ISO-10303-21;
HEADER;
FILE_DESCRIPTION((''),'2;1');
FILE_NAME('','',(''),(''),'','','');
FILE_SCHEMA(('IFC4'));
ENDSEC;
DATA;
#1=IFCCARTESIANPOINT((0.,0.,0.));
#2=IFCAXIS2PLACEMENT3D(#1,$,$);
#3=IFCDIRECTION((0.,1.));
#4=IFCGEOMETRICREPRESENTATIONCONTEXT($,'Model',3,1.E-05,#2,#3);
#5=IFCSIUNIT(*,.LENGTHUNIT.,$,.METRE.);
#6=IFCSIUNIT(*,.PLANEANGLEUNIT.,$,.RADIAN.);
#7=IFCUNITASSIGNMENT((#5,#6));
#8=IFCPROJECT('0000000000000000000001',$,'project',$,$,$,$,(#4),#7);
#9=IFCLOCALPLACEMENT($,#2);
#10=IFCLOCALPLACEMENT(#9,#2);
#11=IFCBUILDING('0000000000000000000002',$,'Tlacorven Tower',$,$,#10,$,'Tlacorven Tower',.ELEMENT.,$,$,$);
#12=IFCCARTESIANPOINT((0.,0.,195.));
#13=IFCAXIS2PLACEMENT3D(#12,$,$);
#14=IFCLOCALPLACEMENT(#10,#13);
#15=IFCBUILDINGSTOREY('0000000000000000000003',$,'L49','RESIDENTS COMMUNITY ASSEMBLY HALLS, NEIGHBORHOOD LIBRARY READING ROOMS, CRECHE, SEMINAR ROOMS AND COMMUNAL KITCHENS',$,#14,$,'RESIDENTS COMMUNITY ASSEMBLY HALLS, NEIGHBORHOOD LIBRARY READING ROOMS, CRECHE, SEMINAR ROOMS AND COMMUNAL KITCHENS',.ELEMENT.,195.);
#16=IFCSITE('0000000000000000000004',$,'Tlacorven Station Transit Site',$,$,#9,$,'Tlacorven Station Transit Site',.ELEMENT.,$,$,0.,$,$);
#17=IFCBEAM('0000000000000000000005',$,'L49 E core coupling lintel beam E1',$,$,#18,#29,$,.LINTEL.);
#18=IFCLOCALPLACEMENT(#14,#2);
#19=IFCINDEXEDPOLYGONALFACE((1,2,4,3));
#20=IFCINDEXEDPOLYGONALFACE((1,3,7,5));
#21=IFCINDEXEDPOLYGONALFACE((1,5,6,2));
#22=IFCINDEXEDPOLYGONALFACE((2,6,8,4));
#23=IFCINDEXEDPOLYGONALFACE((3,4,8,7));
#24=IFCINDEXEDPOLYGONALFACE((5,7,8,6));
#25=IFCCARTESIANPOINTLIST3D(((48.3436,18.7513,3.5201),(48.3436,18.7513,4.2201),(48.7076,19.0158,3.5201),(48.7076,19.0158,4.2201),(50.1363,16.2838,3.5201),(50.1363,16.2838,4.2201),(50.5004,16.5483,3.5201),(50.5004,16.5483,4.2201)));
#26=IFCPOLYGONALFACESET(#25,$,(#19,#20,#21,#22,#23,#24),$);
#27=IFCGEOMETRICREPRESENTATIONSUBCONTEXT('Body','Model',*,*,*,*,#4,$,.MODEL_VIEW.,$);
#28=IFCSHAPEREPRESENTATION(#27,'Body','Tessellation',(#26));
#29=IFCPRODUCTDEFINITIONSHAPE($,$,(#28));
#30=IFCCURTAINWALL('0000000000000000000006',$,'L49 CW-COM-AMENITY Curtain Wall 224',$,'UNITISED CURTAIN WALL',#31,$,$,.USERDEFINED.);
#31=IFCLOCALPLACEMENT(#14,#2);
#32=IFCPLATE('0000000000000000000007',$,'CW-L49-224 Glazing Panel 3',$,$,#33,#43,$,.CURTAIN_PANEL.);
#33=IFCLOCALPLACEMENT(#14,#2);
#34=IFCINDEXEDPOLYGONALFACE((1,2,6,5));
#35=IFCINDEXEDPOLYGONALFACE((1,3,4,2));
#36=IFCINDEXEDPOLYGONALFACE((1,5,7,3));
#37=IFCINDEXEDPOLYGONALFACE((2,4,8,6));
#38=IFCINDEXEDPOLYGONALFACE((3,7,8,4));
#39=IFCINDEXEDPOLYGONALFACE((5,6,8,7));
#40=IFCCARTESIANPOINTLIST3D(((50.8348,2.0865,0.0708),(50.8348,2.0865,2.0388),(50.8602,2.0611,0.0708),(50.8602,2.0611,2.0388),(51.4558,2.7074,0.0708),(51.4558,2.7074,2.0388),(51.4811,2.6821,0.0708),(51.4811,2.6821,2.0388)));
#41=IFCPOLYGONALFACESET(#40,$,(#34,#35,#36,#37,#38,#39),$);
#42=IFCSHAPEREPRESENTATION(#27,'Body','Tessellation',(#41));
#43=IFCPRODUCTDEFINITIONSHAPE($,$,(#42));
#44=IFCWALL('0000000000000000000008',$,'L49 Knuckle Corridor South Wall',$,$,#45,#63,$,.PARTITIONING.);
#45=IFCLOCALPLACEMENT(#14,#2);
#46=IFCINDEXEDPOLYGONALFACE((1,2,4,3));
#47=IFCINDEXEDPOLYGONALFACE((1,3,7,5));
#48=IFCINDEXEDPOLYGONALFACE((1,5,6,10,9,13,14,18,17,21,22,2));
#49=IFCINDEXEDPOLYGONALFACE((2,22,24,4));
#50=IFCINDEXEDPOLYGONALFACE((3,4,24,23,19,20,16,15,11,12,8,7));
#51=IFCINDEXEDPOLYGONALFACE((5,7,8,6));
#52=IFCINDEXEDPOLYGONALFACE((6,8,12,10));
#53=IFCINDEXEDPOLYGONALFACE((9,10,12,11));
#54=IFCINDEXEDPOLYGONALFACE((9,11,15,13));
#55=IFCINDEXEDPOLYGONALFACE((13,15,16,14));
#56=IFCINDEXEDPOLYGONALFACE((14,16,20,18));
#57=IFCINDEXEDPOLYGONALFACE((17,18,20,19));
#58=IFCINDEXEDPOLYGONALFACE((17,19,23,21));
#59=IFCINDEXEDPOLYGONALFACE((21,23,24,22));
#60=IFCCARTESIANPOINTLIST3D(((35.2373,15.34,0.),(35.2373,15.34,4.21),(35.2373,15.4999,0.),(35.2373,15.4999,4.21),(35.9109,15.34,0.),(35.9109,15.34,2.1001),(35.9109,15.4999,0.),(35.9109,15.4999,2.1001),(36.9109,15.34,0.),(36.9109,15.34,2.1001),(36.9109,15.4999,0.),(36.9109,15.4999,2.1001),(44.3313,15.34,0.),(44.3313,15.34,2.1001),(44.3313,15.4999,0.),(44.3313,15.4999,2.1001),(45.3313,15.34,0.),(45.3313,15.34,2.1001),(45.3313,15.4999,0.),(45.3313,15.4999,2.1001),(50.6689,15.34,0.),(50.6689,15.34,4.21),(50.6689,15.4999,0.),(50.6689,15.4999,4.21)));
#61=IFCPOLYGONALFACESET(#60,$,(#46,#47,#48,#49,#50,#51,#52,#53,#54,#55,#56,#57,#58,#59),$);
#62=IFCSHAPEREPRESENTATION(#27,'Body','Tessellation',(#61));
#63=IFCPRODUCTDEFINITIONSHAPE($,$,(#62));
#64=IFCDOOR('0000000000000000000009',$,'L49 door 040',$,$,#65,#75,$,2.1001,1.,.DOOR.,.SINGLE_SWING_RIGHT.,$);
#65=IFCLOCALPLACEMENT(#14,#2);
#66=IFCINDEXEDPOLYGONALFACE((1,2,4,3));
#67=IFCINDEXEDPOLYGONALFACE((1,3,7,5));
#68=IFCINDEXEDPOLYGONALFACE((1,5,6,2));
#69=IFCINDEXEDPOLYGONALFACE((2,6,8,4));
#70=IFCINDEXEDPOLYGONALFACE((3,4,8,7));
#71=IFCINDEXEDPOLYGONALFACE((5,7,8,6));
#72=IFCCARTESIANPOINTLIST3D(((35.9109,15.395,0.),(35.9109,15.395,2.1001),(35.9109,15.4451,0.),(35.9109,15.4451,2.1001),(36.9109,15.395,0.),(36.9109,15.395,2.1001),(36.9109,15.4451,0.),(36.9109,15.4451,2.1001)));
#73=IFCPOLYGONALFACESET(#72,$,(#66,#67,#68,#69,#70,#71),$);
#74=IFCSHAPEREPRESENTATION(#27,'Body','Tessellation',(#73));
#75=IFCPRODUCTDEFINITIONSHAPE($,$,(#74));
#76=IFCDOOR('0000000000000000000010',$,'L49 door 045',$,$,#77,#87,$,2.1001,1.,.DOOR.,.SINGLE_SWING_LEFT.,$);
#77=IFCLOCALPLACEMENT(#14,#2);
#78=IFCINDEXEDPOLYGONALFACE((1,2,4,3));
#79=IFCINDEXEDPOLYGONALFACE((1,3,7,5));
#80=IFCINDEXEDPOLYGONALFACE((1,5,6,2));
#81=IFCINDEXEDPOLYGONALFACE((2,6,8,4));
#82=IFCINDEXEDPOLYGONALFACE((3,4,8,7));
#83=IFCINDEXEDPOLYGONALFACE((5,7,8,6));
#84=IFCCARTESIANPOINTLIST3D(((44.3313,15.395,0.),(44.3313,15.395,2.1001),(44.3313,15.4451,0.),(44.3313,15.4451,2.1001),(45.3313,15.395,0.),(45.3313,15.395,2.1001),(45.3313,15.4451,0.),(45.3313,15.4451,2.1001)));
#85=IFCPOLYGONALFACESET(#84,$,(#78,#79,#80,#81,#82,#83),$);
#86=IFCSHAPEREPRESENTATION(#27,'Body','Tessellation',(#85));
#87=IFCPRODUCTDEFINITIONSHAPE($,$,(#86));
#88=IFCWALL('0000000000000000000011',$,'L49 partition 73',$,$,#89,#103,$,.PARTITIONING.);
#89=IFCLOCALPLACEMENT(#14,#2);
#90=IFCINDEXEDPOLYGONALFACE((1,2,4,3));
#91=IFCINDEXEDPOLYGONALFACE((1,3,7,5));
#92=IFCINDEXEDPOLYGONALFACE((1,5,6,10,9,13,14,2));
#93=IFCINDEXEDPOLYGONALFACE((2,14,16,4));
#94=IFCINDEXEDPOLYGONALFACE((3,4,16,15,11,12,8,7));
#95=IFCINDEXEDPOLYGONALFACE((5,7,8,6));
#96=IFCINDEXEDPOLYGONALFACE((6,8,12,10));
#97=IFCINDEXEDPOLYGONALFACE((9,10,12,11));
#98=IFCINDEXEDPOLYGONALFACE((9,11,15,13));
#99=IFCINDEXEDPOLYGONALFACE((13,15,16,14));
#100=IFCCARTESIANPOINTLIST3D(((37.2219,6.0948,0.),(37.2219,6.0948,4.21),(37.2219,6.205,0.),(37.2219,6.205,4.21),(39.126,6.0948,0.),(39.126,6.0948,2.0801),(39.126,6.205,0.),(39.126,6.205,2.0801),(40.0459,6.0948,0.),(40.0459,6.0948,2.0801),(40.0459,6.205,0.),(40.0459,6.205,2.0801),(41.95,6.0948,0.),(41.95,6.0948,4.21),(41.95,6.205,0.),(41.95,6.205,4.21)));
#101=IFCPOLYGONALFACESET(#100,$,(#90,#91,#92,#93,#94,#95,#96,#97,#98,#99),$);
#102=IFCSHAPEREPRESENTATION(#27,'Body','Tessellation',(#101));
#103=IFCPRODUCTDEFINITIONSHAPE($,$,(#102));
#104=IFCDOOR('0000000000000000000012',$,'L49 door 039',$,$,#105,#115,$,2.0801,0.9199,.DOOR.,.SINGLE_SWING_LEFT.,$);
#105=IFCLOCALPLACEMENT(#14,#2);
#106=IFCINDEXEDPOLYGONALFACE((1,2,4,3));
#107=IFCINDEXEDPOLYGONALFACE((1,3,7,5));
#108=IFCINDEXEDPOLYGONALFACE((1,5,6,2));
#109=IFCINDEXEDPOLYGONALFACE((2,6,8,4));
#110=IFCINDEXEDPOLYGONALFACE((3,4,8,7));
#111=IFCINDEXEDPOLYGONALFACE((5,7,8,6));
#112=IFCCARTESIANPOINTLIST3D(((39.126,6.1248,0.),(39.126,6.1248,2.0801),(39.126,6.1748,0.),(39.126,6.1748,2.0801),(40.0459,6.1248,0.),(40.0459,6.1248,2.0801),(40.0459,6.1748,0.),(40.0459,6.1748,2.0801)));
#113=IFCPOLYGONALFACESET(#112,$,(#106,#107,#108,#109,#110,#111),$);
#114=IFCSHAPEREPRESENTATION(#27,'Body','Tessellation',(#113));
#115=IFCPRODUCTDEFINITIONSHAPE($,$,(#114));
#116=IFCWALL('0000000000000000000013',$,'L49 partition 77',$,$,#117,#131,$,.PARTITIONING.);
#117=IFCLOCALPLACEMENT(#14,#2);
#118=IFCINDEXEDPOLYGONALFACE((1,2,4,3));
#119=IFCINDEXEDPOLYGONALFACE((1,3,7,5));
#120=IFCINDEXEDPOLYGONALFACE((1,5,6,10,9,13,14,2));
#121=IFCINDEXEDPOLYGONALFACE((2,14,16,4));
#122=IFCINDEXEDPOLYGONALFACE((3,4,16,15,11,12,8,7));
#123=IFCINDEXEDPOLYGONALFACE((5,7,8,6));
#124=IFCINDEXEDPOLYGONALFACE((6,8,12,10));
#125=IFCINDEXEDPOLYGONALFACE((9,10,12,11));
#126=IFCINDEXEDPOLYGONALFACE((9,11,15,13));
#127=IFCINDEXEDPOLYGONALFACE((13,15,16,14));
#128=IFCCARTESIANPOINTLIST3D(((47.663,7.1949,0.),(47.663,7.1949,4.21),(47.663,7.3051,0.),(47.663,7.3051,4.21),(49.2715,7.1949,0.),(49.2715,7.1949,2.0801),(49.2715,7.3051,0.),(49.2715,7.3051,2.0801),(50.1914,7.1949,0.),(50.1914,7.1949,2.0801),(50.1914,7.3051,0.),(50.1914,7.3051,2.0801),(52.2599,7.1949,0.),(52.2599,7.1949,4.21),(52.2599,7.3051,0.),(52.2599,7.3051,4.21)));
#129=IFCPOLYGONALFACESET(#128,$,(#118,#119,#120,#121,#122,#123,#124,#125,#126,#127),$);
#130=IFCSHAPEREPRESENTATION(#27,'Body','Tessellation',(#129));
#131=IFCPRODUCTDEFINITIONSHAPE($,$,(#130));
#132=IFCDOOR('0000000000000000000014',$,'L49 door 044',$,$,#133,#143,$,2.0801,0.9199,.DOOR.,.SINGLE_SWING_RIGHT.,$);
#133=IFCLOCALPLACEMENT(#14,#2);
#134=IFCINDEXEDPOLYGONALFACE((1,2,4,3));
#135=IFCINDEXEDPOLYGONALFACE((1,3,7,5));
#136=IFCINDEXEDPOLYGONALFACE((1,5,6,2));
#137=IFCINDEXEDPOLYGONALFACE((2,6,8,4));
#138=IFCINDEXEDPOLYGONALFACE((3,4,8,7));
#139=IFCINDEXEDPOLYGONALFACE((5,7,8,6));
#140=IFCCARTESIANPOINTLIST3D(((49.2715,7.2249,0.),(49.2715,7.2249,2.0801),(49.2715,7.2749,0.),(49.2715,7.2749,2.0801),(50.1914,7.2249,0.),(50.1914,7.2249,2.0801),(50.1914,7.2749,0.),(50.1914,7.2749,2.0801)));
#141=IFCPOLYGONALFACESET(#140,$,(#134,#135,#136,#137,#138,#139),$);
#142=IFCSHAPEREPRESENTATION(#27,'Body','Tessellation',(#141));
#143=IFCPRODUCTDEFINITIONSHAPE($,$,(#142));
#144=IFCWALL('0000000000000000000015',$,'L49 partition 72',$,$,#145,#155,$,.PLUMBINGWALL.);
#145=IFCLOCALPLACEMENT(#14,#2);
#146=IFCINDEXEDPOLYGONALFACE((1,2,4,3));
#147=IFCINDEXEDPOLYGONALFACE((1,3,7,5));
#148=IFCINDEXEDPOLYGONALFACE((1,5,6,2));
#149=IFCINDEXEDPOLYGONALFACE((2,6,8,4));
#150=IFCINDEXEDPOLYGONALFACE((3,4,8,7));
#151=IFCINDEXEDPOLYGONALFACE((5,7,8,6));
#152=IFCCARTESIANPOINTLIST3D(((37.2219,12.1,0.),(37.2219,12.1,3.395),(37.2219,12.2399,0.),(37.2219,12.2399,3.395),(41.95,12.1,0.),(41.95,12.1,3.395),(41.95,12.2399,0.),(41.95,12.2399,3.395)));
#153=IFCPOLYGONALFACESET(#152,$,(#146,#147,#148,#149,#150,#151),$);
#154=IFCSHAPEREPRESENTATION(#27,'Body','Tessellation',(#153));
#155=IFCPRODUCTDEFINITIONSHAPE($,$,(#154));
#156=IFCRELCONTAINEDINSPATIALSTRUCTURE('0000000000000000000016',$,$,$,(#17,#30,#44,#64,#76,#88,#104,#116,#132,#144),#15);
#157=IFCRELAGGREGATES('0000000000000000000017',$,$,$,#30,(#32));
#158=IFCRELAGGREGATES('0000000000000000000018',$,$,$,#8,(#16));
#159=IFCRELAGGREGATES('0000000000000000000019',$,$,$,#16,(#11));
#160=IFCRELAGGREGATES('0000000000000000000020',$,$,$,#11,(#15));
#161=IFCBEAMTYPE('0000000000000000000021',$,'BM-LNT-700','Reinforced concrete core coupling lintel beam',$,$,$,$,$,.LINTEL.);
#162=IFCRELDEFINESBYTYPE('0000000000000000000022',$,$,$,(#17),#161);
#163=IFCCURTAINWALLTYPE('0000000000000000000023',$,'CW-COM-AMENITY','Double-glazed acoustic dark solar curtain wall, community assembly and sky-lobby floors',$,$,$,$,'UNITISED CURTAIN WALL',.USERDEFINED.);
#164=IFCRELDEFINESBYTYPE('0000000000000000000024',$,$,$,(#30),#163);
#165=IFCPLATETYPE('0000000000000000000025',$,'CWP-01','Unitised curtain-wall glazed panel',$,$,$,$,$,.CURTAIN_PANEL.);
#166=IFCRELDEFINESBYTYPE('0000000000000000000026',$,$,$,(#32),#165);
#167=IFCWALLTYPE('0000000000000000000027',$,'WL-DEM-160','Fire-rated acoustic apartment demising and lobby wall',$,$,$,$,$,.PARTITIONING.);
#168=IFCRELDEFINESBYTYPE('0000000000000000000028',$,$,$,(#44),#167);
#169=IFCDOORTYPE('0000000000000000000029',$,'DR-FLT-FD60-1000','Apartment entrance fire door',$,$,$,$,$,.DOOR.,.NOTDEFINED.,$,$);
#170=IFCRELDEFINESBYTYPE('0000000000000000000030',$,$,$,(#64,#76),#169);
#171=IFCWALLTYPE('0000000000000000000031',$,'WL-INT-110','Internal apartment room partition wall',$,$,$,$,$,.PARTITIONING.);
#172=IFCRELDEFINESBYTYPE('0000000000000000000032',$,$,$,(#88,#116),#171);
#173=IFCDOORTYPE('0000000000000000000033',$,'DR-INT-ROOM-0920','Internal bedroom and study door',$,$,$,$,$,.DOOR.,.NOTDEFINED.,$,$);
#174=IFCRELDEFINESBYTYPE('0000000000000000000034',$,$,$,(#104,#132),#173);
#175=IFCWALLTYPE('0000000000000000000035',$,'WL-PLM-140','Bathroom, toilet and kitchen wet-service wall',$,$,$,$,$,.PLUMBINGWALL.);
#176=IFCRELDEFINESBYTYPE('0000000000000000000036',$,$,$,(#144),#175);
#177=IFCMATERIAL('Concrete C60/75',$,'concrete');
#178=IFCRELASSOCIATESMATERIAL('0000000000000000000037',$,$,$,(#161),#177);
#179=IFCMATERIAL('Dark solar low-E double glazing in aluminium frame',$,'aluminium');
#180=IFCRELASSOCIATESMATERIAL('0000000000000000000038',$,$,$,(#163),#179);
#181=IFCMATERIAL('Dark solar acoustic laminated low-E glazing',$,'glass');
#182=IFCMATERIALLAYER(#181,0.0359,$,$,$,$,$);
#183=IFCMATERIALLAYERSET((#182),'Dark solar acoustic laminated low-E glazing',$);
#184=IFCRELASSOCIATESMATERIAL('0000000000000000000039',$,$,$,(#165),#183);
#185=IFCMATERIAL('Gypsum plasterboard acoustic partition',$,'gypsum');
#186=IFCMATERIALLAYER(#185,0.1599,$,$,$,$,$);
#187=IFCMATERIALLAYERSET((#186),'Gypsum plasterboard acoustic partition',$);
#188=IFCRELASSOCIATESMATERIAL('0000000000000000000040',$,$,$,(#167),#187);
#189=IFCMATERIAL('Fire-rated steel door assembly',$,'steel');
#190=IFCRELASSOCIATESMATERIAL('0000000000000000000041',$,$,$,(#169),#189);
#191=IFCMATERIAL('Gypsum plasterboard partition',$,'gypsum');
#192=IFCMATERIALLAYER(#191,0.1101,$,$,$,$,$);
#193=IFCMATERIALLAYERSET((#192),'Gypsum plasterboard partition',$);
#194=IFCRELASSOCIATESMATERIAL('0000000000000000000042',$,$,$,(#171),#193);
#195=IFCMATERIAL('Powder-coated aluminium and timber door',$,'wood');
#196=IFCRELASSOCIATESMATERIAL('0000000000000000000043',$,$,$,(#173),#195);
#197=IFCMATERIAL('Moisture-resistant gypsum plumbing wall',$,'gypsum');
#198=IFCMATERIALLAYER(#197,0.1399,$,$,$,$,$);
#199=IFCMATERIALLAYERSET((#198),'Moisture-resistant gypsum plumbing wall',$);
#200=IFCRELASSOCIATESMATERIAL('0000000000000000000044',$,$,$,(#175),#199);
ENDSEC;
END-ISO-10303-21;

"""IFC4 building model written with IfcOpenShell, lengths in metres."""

from ifc_helpers import new_model, si_unit, direction, frame, frame_2d, origin, origin_2d, place, context, subcontext, project, spatial, rectangle, extrude, source, transform, mapped, material, layer, layer_set, material_profile, profile_set, type_object, element, fill, aggregate, save


model = new_model("IFC4")

# Units and contexts
model_context = context("Model", 3, precision=1e-05, world=origin(), true_north=direction((0.0, 1.0)))
body_context = subcontext(model_context, "Body", "Model", "MODEL_VIEW")
ifc_project = project(units=[si_unit("LENGTHUNIT", "METRE"), si_unit("PLANEANGLEUNIT", "RADIAN")], contexts=[model_context])

# Site, building, storey
site_placement = place(None, origin())
site = spatial("IfcSite", under=ifc_project, at=site_placement, Name="Tlacorven Station Transit Site", LongName="Tlacorven Station Transit Site", CompositionType="ELEMENT", RefElevation=0.0)
building_placement = place(site_placement, origin())
building = spatial("IfcBuilding", under=site, at=building_placement, Name="Tlacorven Tower", LongName="Tlacorven Tower", CompositionType="ELEMENT")
storey_placement = place(building_placement, frame((0.0, 0.0, 195.0)))
storey = spatial("IfcBuildingStorey", under=building, at=storey_placement, Name="L49", Description="RESIDENTS COMMUNITY ASSEMBLY HALLS, NEIGHBORHOOD LIBRARY READING ROOMS, CRECHE, SEMINAR ROOMS AND COMMUNAL KITCHENS", LongName="RESIDENTS COMMUNITY ASSEMBLY HALLS, NEIGHBORHOOD LIBRARY READING ROOMS, CRECHE, SEMINAR ROOMS AND COMMUNAL KITCHENS", CompositionType="ELEMENT", Elevation=195.0)

# Beam
ifc_material_1 = material(Name="Concrete C60/75", Category="concrete")
ifc_material_profile = material_profile(ifc_material_1, rectangle(XDim=0.45, YDim=0.7, at=origin_2d()), Name="RC 450X700")
ifc_profile_set = profile_set([ifc_material_profile], Name="Concrete C60/75")
beam_type = type_object("IfcBeamType", Name="BM-LNT-700", Description="Reinforced concrete core coupling lintel beam", PredefinedType="LINTEL", material=ifc_profile_set)
shared_shape_1 = source(origin(), body_context, "Body", "SweptSolid", [
    extrude(rectangle(XDim=0.45, YDim=0.7, at=origin_2d()), origin(), (0.0, 0.0, 1.0), 3.05),
])
beam_placement = place(storey_placement, frame((50.3184, 16.416, 3.8701), z_axis=(-0.587777, 0.809023, 0.0), x_axis=(-0.809023, -0.587777, 0.0)))
element("IfcBeam", 1, at=beam_placement, inside=storey, type_object=beam_type, Name="L49 E core coupling lintel beam E1", PredefinedType="LINTEL", context=body_context, shape_type="MappedRepresentation", body=[
    mapped(shared_shape_1, transform((0.0, 0.0, 0.0), scale=1.0)),
])

# Curtain wall, plate
ifc_material_2 = material(Name="Dark solar low-E double glazing in aluminium frame", Category="aluminium")
curtain_wall_type = type_object("IfcCurtainWallType", Name="CW-COM-AMENITY", Description="Double-glazed acoustic dark solar curtain wall, community assembly and sky-lobby floors", ElementType="UNITISED CURTAIN WALL", PredefinedType="USERDEFINED", material=ifc_material_2)
curtain_wall_placement = place(storey_placement, origin())
curtain_wall = element("IfcCurtainWall", 2, at=curtain_wall_placement, inside=storey, type_object=curtain_wall_type, Name="L49 CW-COM-AMENITY Curtain Wall 224", ObjectType="UNITISED CURTAIN WALL", PredefinedType="USERDEFINED")
ifc_material_3 = material(Name="Dark solar acoustic laminated low-E glazing", Category="glass")
ifc_layer_1 = layer(ifc_material_3, 0.0359)
ifc_layer_set_1 = layer_set([ifc_layer_1], Name="Dark solar acoustic laminated low-E glazing")
plate_type = type_object("IfcPlateType", Name="CWP-01", Description="Unitised curtain-wall glazed panel", PredefinedType="CURTAIN_PANEL", material=ifc_layer_set_1)
shared_shape_2 = source(origin(), body_context, "Body", "SweptSolid", [
    extrude(rectangle(XDim=0.8782, YDim=0.0359, at=origin_2d()), origin(), (0.0, 0.0, 1.0), 1.968),
])
plate_placement = place(storey_placement, frame((51.158, 2.3843, 0.0708), z_axis=(0.0, 0.0, 1.0), x_axis=(-0.707107, -0.707107, 0.0)))
plate = element("IfcPlate", 3, at=plate_placement, type_object=plate_type, Name="CW-L49-224 Glazing Panel 3", PredefinedType="CURTAIN_PANEL", context=body_context, shape_type="MappedRepresentation", body=[
    mapped(shared_shape_2, transform((0.0, 0.0, 0.0), scale=1.0)),
])
aggregate(curtain_wall, [plate])

# Wall, openings, doors
ifc_material_4 = material(Name="Gypsum plasterboard acoustic partition", Category="gypsum")
ifc_layer_2 = layer(ifc_material_4, 0.1599)
ifc_layer_set_2 = layer_set([ifc_layer_2], Name="Gypsum plasterboard acoustic partition")
wall_type_1 = type_object("IfcWallType", Name="WL-DEM-160", Description="Fire-rated acoustic apartment demising and lobby wall", PredefinedType="PARTITIONING", material=ifc_layer_set_2)
wall_1_placement = place(storey_placement, frame((35.2373, 15.4199, 0.0), z_axis=(0.0, 0.0, 1.0), x_axis=(1.0, 0.0, 0.0)))
wall_1 = element("IfcWall", 4, at=wall_1_placement, inside=storey, type_object=wall_type_1, Name="L49 Knuckle Corridor South Wall", PredefinedType="PARTITIONING", context=body_context, shape_type="SweptSolid", body=[
    extrude(rectangle(XDim=15.4316, YDim=0.1599, at=frame_2d((7.7158, 0.0))), origin(), (0.0, 0.0, 1.0), 4.21),
])
opening_1_placement = place(wall_1_placement, frame((0.6736, 0.0, 0.0)))
opening_1 = element("IfcOpeningElement", 5, at=opening_1_placement, cuts=wall_1, PredefinedType="OPENING", context=body_context, shape_type="SweptSolid", body=[
    extrude(rectangle(XDim=1.0, YDim=2.1001, at=frame_2d((0.5, 1.05))), frame((0.0, 0.0898, 0.0), z_axis=(0.0, -1.0, 0.0), x_axis=(1.0, 0.0, 0.0)), (0.0, 0.0, 1.0), 0.1799),
])
opening_2_placement = place(wall_1_placement, frame((9.094, 0.0, 0.0)))
opening_2 = element("IfcOpeningElement", 6, at=opening_2_placement, cuts=wall_1, PredefinedType="OPENING", context=body_context, shape_type="SweptSolid", body=[
    extrude(rectangle(XDim=1.0, YDim=2.1001, at=frame_2d((0.5, 1.05))), frame((0.0, 0.0898, 0.0), z_axis=(0.0, -1.0, 0.0), x_axis=(1.0, 0.0, 0.0)), (0.0, 0.0, 1.0), 0.1799),
])
ifc_material_5 = material(Name="Fire-rated steel door assembly", Category="steel")
door_type_1 = type_object("IfcDoorType", Name="DR-FLT-FD60-1000", Description="Apartment entrance fire door", OperationType="NOTDEFINED", PredefinedType="DOOR", material=ifc_material_5)
shared_shape_3 = source(origin(), body_context, "Body", "SweptSolid", [
    extrude(rectangle(XDim=1.0, YDim=2.1001, at=frame_2d((0.5, 1.05))), frame((0.0, 0.0249, 0.0), z_axis=(0.0, -1.0, 0.0), x_axis=(1.0, 0.0, 0.0)), (0.0, 0.0, 1.0), 0.05),
])
door_1_placement = place(opening_1_placement, frame((1.0, 0.0, 0.0), z_axis=(0.0, 0.0, 1.0), x_axis=(-1.0, 0.0, 0.0)))
door_1 = element("IfcDoor", 7, at=door_1_placement, inside=storey, type_object=door_type_1, Name="L49 door 040", OperationType="SINGLE_SWING_RIGHT", OverallHeight=2.1001, OverallWidth=1.0, PredefinedType="DOOR", context=body_context, shape_type="MappedRepresentation", body=[
    mapped(shared_shape_3, transform((0.0, 0.0, 0.0), scale=1.0)),
])
fill(opening_1, door_1)
door_2_placement = place(opening_2_placement, frame((1.0, 0.0, 0.0), z_axis=(0.0, 0.0, 1.0), x_axis=(-1.0, 0.0, 0.0)))
door_2 = element("IfcDoor", 8, at=door_2_placement, inside=storey, type_object=door_type_1, Name="L49 door 045", OperationType="SINGLE_SWING_LEFT", OverallHeight=2.1001, OverallWidth=1.0, PredefinedType="DOOR", context=body_context, shape_type="MappedRepresentation", body=[
    mapped(shared_shape_3, transform((0.0, 0.0, 0.0), scale=1.0)),
])
fill(opening_2, door_2)

# Walls, openings, doors
ifc_material_6 = material(Name="Gypsum plasterboard partition", Category="gypsum")
ifc_layer_3 = layer(ifc_material_6, 0.1101)
ifc_layer_set_3 = layer_set([ifc_layer_3], Name="Gypsum plasterboard partition")
wall_type_2 = type_object("IfcWallType", Name="WL-INT-110", Description="Internal apartment room partition wall", PredefinedType="PARTITIONING", material=ifc_layer_set_3)
wall_2_placement = place(storey_placement, frame((37.2219, 6.1499, 0.0), z_axis=(0.0, 0.0, 1.0), x_axis=(1.0, 0.0, 0.0)))
wall_2 = element("IfcWall", 9, at=wall_2_placement, inside=storey, type_object=wall_type_2, Name="L49 partition 73", PredefinedType="PARTITIONING", context=body_context, shape_type="SweptSolid", body=[
    extrude(rectangle(XDim=4.728, YDim=0.1101, at=frame_2d((2.364, 0.0))), origin(), (0.0, 0.0, 1.0), 4.21),
])
opening_3_placement = place(wall_2_placement, frame((1.9041, 0.0, 0.0)))
opening_3 = element("IfcOpeningElement", 10, at=opening_3_placement, cuts=wall_2, PredefinedType="OPENING", context=body_context, shape_type="SweptSolid", body=[
    extrude(rectangle(XDim=0.9199, YDim=2.0801, at=frame_2d((0.46, 1.04))), frame((0.0, 0.0649, 0.0), z_axis=(0.0, -1.0, 0.0), x_axis=(1.0, 0.0, 0.0)), (0.0, 0.0, 1.0), 0.1301),
])
ifc_material_7 = material(Name="Powder-coated aluminium and timber door", Category="wood")
door_type_2 = type_object("IfcDoorType", Name="DR-INT-ROOM-0920", Description="Internal bedroom and study door", OperationType="NOTDEFINED", PredefinedType="DOOR", material=ifc_material_7)
shared_shape_4 = source(origin(), body_context, "Body", "SweptSolid", [
    extrude(rectangle(XDim=0.9199, YDim=2.0801, at=frame_2d((0.46, 1.04))), frame((0.0, 0.0249, 0.0), z_axis=(0.0, -1.0, 0.0), x_axis=(1.0, 0.0, 0.0)), (0.0, 0.0, 1.0), 0.05),
])
door_3_placement = place(opening_3_placement, origin())
door_3 = element("IfcDoor", 11, at=door_3_placement, inside=storey, type_object=door_type_2, Name="L49 door 039", OperationType="SINGLE_SWING_LEFT", OverallHeight=2.0801, OverallWidth=0.9199, PredefinedType="DOOR", context=body_context, shape_type="MappedRepresentation", body=[
    mapped(shared_shape_4, transform((0.0, 0.0, 0.0), scale=1.0)),
])
fill(opening_3, door_3)
wall_3_placement = place(storey_placement, frame((47.6631, 7.25, 0.0), z_axis=(0.0, 0.0, 1.0), x_axis=(1.0, 0.0, 0.0)))
wall_3 = element("IfcWall", 12, at=wall_3_placement, inside=storey, type_object=wall_type_2, Name="L49 partition 77", PredefinedType="PARTITIONING", context=body_context, shape_type="SweptSolid", body=[
    extrude(rectangle(XDim=4.5969, YDim=0.1101, at=frame_2d((2.2983, 0.0))), origin(), (0.0, 0.0, 1.0), 4.21),
])
opening_4_placement = place(wall_3_placement, frame((1.6084, 0.0, 0.0)))
opening_4 = element("IfcOpeningElement", 13, at=opening_4_placement, cuts=wall_3, PredefinedType="OPENING", context=body_context, shape_type="SweptSolid", body=[
    extrude(rectangle(XDim=0.9199, YDim=2.0801, at=frame_2d((0.46, 1.04))), frame((0.0, 0.0649, 0.0), z_axis=(0.0, -1.0, 0.0), x_axis=(1.0, 0.0, 0.0)), (0.0, 0.0, 1.0), 0.1301),
])
door_4_placement = place(opening_4_placement, origin())
door_4 = element("IfcDoor", 14, at=door_4_placement, inside=storey, type_object=door_type_2, Name="L49 door 044", OperationType="SINGLE_SWING_RIGHT", OverallHeight=2.0801, OverallWidth=0.9199, PredefinedType="DOOR", context=body_context, shape_type="MappedRepresentation", body=[
    mapped(shared_shape_4, transform((0.0, 0.0, 0.0), scale=1.0)),
])
fill(opening_4, door_4)

# Wall
ifc_material_8 = material(Name="Moisture-resistant gypsum plumbing wall", Category="gypsum")
ifc_layer_4 = layer(ifc_material_8, 0.1399)
ifc_layer_set_4 = layer_set([ifc_layer_4], Name="Moisture-resistant gypsum plumbing wall")
wall_type_3 = type_object("IfcWallType", Name="WL-PLM-140", Description="Bathroom, toilet and kitchen wet-service wall", PredefinedType="PLUMBINGWALL", material=ifc_layer_set_4)
wall_4_placement = place(storey_placement, frame((37.2219, 12.1699, 0.0), z_axis=(0.0, 0.0, 1.0), x_axis=(1.0, 0.0, 0.0)))
element("IfcWall", 15, at=wall_4_placement, inside=storey, type_object=wall_type_3, Name="L49 partition 72", PredefinedType="PLUMBINGWALL", context=body_context, shape_type="SweptSolid", body=[
    extrude(rectangle(XDim=4.728, YDim=0.1399, at=frame_2d((2.364, 0.0))), origin(), (0.0, 0.0, 1.0), 3.395),
])

save(model, "model.ifc")
